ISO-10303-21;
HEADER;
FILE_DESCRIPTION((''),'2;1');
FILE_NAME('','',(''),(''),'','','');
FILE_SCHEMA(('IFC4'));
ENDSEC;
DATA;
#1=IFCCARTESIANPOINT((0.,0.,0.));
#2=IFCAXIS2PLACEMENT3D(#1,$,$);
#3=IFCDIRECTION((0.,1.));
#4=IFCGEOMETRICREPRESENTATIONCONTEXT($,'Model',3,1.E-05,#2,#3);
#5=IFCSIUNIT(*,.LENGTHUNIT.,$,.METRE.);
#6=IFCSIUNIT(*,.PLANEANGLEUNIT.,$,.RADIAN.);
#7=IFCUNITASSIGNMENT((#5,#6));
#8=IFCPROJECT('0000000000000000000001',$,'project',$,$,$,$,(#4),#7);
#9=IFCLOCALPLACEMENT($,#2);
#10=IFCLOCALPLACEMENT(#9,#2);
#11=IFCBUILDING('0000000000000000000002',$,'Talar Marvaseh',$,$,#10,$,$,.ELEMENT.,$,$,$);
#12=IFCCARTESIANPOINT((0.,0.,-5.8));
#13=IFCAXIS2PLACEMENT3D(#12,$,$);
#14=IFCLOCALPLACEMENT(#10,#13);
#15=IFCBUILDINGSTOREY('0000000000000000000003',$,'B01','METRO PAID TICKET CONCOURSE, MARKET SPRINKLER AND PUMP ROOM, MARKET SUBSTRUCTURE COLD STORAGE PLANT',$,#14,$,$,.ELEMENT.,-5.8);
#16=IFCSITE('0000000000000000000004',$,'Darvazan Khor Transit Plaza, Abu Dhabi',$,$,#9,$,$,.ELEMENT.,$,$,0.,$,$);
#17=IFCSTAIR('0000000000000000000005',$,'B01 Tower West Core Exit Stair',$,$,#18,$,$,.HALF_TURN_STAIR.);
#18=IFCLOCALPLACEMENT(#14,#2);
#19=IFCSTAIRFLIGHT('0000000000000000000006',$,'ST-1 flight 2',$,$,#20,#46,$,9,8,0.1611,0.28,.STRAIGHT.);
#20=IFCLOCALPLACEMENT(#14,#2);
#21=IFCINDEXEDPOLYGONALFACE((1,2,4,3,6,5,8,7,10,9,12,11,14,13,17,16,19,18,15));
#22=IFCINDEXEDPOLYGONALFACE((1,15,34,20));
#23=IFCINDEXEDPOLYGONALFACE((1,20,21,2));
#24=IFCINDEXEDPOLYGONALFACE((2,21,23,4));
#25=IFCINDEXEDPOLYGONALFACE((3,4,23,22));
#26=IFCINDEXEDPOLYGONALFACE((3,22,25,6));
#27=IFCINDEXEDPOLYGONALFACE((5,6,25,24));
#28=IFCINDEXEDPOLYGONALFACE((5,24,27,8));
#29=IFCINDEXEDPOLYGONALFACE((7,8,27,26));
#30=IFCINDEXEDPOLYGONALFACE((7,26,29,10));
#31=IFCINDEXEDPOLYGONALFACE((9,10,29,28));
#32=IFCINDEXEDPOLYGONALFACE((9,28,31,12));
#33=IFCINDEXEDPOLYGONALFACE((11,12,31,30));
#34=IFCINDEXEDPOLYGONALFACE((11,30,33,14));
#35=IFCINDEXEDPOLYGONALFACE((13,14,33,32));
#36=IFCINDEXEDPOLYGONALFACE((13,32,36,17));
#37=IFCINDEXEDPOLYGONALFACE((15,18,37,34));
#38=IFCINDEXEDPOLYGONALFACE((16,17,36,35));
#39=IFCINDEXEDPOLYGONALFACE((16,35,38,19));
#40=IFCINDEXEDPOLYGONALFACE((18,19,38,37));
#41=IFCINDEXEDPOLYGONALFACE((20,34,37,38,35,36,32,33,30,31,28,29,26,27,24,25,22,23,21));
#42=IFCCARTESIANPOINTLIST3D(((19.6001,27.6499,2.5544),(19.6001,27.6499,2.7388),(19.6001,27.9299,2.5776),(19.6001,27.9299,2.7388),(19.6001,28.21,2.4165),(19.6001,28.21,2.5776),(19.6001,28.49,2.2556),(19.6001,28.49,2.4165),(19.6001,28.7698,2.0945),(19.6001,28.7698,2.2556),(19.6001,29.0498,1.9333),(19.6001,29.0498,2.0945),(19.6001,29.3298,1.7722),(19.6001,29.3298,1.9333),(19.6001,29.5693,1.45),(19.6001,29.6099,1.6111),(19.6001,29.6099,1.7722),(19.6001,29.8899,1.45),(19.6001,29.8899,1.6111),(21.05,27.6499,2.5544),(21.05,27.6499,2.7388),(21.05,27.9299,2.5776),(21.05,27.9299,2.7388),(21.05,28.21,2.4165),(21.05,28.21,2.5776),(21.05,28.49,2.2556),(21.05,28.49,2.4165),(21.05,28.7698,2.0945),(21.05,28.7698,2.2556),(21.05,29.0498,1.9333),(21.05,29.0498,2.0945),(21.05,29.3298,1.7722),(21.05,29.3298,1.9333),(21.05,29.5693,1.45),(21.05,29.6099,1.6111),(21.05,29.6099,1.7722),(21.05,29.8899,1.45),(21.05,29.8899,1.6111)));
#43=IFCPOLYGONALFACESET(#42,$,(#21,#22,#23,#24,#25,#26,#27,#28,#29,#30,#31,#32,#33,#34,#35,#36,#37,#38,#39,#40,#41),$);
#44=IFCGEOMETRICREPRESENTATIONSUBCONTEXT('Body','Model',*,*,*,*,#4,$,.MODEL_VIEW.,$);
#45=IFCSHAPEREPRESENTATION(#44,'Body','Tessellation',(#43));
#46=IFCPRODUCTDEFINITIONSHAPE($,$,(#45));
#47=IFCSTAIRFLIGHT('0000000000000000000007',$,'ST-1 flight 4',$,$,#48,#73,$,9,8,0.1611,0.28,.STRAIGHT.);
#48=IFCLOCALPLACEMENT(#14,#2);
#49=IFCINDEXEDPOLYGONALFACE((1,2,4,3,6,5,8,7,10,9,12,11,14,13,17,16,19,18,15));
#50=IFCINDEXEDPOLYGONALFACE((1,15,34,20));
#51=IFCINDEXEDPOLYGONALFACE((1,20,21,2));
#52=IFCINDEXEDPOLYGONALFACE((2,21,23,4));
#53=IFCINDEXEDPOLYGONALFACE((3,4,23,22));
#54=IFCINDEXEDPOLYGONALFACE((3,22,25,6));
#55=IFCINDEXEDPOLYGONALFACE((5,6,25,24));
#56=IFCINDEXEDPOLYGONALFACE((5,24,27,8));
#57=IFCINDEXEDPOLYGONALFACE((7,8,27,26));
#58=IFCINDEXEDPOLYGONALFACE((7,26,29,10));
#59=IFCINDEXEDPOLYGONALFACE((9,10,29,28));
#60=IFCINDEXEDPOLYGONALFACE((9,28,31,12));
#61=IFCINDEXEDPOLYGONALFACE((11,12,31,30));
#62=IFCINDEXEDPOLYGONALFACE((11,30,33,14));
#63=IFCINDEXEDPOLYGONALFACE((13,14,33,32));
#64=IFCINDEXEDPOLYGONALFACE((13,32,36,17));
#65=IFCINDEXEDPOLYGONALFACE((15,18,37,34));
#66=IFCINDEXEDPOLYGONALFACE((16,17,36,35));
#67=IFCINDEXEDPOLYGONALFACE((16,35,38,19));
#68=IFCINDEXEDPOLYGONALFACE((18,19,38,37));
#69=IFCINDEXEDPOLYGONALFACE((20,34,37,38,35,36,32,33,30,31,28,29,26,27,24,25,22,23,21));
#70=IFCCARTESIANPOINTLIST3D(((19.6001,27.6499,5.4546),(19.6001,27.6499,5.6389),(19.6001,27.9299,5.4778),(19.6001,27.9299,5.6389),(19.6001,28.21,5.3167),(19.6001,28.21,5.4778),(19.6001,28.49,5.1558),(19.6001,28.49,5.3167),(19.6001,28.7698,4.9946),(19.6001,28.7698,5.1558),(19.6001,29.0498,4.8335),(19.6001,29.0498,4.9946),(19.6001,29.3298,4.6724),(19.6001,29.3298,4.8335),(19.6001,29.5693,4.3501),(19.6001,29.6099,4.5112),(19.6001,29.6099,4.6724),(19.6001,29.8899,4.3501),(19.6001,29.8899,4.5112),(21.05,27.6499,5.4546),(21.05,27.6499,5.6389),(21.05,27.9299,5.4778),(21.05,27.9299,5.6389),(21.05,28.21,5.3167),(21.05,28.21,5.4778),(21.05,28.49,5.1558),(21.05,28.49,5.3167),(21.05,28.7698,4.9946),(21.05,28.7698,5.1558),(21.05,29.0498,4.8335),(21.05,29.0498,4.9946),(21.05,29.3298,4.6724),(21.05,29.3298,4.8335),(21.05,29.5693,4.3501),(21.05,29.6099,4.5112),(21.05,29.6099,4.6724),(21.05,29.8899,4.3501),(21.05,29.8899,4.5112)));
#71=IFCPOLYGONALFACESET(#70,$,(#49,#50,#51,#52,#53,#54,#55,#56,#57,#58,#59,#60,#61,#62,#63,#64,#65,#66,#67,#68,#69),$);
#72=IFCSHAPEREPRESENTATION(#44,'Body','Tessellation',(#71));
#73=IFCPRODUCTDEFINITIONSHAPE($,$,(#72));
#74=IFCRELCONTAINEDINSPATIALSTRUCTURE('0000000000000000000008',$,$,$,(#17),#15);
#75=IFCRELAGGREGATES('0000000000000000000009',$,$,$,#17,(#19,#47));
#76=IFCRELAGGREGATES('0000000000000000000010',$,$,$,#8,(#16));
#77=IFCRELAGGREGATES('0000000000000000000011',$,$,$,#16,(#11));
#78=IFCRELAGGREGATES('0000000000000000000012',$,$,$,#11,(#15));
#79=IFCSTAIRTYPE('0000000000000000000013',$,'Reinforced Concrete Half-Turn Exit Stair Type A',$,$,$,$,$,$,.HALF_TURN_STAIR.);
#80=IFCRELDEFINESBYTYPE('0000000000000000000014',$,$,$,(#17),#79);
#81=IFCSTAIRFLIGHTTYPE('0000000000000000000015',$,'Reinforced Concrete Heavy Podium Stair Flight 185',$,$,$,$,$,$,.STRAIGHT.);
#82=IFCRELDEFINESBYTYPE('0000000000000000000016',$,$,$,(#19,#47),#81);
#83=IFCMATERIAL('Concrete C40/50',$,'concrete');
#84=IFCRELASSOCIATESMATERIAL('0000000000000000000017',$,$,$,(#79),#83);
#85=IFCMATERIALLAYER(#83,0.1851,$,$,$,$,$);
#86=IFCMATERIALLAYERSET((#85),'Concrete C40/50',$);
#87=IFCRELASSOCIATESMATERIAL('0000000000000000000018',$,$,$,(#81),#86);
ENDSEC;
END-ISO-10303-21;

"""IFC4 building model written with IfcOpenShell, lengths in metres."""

from ifc_helpers import new_model, si_unit, direction, frame, origin, place, context, subcontext, project, spatial, polyline, outline, extrude, material, layer, layer_set, type_object, element, aggregate, save


model = new_model("IFC4")

# Units and contexts
model_context = context("Model", 3, precision=1e-05, world=origin(), true_north=direction((0.0, 1.0)))
body_context = subcontext(model_context, "Body", "Model", "MODEL_VIEW")
ifc_project = project(units=[si_unit("LENGTHUNIT", "METRE"), si_unit("PLANEANGLEUNIT", "RADIAN")], contexts=[model_context])

# Site, building, storey
site_placement = place(None, origin())
site = spatial("IfcSite", under=ifc_project, at=site_placement, Name="Darvazan Khor Transit Plaza, Abu Dhabi", CompositionType="ELEMENT", RefElevation=0.0)
building_placement = place(site_placement, origin())
building = spatial("IfcBuilding", under=site, at=building_placement, Name="Talar Marvaseh", CompositionType="ELEMENT")
storey_placement = place(building_placement, frame((0.0, 0.0, -5.8)))
storey = spatial("IfcBuildingStorey", under=building, at=storey_placement, Name="B01", Description="METRO PAID TICKET CONCOURSE, MARKET SPRINKLER AND PUMP ROOM, MARKET SUBSTRUCTURE COLD STORAGE PLANT", CompositionType="ELEMENT", Elevation=-5.8)

# Stair, stair flights
ifc_material_1 = material(Name="Concrete C40/50", Category="concrete")
stair_type = type_object("IfcStairType", Name="Reinforced Concrete Half-Turn Exit Stair Type A", PredefinedType="HALF_TURN_STAIR", material=ifc_material_1)
stair_placement = place(storey_placement, origin())
stair = element("IfcStair", 1, at=stair_placement, inside=storey, type_object=stair_type, Name="B01 Tower West Core Exit Stair", PredefinedType="HALF_TURN_STAIR")
ifc_layer_1 = layer(ifc_material_1, 0.1851)
ifc_layer_set_1 = layer_set([ifc_layer_1], Name="Concrete C40/50")
stair_flight_type = type_object("IfcStairFlightType", Name="Reinforced Concrete Heavy Podium Stair Flight 185", PredefinedType="STRAIGHT", material=ifc_layer_set_1)
stair_flight_1_placement = place(storey_placement, frame((20.325, 29.8899, 1.45), z_axis=(0.0, 0.0, 1.0), x_axis=(0.0, -1.0, 0.0)))
stair_flight_1 = element("IfcStairFlight", 2, at=stair_flight_1_placement, type_object=stair_flight_type, Name="ST-1 flight 2", NumberOfRisers=9, NumberOfTreads=8, PredefinedType="STRAIGHT", RiserHeight=0.1611, TreadLength=0.28, context=body_context, shape_type="SweptSolid", body=[
    extrude(outline(polyline([(0.0, 0.0), (0.0, 0.1611), (0.28, 0.1611), (0.28, 0.3223), (0.5601, 0.3223), (0.5601, 0.4834), (0.8401, 0.4834), (0.8401, 0.6445), (1.1201, 0.6445), (1.1201, 0.8057), (1.3999, 0.8057), (1.3999, 0.9666), (1.6799, 0.9666), (1.6799, 1.1277), (1.96, 1.1277), (1.96, 1.2888), (2.24, 1.2888), (2.24, 1.45), (2.24, 1.1045), (0.3206, 0.0), (0.0, 0.0)])), frame((0.0, 0.7251, 0.0), z_axis=(0.0, -1.0, 0.0), x_axis=(1.0, 0.0, 0.0)), (0.0, 0.0, 1.0), 1.45),
])
stair_flight_2_placement = place(storey_placement, frame((20.325, 29.8899, 4.3501), z_axis=(0.0, 0.0, 1.0), x_axis=(0.0, -1.0, 0.0)))
stair_flight_2 = element("IfcStairFlight", 3, at=stair_flight_2_placement, type_object=stair_flight_type, Name="ST-1 flight 4", NumberOfRisers=9, NumberOfTreads=8, PredefinedType="STRAIGHT", RiserHeight=0.1611, TreadLength=0.28, context=body_context, shape_type="SweptSolid", body=[
    extrude(outline(polyline([(0.0, 0.0), (0.0, 0.1611), (0.28, 0.1611), (0.28, 0.3223), (0.5601, 0.3223), (0.5601, 0.4834), (0.8401, 0.4834), (0.8401, 0.6445), (1.1201, 0.6445), (1.1201, 0.8057), (1.3999, 0.8057), (1.3999, 0.9666), (1.6799, 0.9666), (1.6799, 1.1277), (1.96, 1.1277), (1.96, 1.2888), (2.24, 1.2888), (2.24, 1.45), (2.24, 1.1045), (0.3206, 0.0), (0.0, 0.0)])), frame((0.0, 0.7251, 0.0), z_axis=(0.0, -1.0, 0.0), x_axis=(1.0, 0.0, 0.0)), (0.0, 0.0, 1.0), 1.45),
])
aggregate(stair, [stair_flight_1, stair_flight_2])

save(model, "model.ifc")
